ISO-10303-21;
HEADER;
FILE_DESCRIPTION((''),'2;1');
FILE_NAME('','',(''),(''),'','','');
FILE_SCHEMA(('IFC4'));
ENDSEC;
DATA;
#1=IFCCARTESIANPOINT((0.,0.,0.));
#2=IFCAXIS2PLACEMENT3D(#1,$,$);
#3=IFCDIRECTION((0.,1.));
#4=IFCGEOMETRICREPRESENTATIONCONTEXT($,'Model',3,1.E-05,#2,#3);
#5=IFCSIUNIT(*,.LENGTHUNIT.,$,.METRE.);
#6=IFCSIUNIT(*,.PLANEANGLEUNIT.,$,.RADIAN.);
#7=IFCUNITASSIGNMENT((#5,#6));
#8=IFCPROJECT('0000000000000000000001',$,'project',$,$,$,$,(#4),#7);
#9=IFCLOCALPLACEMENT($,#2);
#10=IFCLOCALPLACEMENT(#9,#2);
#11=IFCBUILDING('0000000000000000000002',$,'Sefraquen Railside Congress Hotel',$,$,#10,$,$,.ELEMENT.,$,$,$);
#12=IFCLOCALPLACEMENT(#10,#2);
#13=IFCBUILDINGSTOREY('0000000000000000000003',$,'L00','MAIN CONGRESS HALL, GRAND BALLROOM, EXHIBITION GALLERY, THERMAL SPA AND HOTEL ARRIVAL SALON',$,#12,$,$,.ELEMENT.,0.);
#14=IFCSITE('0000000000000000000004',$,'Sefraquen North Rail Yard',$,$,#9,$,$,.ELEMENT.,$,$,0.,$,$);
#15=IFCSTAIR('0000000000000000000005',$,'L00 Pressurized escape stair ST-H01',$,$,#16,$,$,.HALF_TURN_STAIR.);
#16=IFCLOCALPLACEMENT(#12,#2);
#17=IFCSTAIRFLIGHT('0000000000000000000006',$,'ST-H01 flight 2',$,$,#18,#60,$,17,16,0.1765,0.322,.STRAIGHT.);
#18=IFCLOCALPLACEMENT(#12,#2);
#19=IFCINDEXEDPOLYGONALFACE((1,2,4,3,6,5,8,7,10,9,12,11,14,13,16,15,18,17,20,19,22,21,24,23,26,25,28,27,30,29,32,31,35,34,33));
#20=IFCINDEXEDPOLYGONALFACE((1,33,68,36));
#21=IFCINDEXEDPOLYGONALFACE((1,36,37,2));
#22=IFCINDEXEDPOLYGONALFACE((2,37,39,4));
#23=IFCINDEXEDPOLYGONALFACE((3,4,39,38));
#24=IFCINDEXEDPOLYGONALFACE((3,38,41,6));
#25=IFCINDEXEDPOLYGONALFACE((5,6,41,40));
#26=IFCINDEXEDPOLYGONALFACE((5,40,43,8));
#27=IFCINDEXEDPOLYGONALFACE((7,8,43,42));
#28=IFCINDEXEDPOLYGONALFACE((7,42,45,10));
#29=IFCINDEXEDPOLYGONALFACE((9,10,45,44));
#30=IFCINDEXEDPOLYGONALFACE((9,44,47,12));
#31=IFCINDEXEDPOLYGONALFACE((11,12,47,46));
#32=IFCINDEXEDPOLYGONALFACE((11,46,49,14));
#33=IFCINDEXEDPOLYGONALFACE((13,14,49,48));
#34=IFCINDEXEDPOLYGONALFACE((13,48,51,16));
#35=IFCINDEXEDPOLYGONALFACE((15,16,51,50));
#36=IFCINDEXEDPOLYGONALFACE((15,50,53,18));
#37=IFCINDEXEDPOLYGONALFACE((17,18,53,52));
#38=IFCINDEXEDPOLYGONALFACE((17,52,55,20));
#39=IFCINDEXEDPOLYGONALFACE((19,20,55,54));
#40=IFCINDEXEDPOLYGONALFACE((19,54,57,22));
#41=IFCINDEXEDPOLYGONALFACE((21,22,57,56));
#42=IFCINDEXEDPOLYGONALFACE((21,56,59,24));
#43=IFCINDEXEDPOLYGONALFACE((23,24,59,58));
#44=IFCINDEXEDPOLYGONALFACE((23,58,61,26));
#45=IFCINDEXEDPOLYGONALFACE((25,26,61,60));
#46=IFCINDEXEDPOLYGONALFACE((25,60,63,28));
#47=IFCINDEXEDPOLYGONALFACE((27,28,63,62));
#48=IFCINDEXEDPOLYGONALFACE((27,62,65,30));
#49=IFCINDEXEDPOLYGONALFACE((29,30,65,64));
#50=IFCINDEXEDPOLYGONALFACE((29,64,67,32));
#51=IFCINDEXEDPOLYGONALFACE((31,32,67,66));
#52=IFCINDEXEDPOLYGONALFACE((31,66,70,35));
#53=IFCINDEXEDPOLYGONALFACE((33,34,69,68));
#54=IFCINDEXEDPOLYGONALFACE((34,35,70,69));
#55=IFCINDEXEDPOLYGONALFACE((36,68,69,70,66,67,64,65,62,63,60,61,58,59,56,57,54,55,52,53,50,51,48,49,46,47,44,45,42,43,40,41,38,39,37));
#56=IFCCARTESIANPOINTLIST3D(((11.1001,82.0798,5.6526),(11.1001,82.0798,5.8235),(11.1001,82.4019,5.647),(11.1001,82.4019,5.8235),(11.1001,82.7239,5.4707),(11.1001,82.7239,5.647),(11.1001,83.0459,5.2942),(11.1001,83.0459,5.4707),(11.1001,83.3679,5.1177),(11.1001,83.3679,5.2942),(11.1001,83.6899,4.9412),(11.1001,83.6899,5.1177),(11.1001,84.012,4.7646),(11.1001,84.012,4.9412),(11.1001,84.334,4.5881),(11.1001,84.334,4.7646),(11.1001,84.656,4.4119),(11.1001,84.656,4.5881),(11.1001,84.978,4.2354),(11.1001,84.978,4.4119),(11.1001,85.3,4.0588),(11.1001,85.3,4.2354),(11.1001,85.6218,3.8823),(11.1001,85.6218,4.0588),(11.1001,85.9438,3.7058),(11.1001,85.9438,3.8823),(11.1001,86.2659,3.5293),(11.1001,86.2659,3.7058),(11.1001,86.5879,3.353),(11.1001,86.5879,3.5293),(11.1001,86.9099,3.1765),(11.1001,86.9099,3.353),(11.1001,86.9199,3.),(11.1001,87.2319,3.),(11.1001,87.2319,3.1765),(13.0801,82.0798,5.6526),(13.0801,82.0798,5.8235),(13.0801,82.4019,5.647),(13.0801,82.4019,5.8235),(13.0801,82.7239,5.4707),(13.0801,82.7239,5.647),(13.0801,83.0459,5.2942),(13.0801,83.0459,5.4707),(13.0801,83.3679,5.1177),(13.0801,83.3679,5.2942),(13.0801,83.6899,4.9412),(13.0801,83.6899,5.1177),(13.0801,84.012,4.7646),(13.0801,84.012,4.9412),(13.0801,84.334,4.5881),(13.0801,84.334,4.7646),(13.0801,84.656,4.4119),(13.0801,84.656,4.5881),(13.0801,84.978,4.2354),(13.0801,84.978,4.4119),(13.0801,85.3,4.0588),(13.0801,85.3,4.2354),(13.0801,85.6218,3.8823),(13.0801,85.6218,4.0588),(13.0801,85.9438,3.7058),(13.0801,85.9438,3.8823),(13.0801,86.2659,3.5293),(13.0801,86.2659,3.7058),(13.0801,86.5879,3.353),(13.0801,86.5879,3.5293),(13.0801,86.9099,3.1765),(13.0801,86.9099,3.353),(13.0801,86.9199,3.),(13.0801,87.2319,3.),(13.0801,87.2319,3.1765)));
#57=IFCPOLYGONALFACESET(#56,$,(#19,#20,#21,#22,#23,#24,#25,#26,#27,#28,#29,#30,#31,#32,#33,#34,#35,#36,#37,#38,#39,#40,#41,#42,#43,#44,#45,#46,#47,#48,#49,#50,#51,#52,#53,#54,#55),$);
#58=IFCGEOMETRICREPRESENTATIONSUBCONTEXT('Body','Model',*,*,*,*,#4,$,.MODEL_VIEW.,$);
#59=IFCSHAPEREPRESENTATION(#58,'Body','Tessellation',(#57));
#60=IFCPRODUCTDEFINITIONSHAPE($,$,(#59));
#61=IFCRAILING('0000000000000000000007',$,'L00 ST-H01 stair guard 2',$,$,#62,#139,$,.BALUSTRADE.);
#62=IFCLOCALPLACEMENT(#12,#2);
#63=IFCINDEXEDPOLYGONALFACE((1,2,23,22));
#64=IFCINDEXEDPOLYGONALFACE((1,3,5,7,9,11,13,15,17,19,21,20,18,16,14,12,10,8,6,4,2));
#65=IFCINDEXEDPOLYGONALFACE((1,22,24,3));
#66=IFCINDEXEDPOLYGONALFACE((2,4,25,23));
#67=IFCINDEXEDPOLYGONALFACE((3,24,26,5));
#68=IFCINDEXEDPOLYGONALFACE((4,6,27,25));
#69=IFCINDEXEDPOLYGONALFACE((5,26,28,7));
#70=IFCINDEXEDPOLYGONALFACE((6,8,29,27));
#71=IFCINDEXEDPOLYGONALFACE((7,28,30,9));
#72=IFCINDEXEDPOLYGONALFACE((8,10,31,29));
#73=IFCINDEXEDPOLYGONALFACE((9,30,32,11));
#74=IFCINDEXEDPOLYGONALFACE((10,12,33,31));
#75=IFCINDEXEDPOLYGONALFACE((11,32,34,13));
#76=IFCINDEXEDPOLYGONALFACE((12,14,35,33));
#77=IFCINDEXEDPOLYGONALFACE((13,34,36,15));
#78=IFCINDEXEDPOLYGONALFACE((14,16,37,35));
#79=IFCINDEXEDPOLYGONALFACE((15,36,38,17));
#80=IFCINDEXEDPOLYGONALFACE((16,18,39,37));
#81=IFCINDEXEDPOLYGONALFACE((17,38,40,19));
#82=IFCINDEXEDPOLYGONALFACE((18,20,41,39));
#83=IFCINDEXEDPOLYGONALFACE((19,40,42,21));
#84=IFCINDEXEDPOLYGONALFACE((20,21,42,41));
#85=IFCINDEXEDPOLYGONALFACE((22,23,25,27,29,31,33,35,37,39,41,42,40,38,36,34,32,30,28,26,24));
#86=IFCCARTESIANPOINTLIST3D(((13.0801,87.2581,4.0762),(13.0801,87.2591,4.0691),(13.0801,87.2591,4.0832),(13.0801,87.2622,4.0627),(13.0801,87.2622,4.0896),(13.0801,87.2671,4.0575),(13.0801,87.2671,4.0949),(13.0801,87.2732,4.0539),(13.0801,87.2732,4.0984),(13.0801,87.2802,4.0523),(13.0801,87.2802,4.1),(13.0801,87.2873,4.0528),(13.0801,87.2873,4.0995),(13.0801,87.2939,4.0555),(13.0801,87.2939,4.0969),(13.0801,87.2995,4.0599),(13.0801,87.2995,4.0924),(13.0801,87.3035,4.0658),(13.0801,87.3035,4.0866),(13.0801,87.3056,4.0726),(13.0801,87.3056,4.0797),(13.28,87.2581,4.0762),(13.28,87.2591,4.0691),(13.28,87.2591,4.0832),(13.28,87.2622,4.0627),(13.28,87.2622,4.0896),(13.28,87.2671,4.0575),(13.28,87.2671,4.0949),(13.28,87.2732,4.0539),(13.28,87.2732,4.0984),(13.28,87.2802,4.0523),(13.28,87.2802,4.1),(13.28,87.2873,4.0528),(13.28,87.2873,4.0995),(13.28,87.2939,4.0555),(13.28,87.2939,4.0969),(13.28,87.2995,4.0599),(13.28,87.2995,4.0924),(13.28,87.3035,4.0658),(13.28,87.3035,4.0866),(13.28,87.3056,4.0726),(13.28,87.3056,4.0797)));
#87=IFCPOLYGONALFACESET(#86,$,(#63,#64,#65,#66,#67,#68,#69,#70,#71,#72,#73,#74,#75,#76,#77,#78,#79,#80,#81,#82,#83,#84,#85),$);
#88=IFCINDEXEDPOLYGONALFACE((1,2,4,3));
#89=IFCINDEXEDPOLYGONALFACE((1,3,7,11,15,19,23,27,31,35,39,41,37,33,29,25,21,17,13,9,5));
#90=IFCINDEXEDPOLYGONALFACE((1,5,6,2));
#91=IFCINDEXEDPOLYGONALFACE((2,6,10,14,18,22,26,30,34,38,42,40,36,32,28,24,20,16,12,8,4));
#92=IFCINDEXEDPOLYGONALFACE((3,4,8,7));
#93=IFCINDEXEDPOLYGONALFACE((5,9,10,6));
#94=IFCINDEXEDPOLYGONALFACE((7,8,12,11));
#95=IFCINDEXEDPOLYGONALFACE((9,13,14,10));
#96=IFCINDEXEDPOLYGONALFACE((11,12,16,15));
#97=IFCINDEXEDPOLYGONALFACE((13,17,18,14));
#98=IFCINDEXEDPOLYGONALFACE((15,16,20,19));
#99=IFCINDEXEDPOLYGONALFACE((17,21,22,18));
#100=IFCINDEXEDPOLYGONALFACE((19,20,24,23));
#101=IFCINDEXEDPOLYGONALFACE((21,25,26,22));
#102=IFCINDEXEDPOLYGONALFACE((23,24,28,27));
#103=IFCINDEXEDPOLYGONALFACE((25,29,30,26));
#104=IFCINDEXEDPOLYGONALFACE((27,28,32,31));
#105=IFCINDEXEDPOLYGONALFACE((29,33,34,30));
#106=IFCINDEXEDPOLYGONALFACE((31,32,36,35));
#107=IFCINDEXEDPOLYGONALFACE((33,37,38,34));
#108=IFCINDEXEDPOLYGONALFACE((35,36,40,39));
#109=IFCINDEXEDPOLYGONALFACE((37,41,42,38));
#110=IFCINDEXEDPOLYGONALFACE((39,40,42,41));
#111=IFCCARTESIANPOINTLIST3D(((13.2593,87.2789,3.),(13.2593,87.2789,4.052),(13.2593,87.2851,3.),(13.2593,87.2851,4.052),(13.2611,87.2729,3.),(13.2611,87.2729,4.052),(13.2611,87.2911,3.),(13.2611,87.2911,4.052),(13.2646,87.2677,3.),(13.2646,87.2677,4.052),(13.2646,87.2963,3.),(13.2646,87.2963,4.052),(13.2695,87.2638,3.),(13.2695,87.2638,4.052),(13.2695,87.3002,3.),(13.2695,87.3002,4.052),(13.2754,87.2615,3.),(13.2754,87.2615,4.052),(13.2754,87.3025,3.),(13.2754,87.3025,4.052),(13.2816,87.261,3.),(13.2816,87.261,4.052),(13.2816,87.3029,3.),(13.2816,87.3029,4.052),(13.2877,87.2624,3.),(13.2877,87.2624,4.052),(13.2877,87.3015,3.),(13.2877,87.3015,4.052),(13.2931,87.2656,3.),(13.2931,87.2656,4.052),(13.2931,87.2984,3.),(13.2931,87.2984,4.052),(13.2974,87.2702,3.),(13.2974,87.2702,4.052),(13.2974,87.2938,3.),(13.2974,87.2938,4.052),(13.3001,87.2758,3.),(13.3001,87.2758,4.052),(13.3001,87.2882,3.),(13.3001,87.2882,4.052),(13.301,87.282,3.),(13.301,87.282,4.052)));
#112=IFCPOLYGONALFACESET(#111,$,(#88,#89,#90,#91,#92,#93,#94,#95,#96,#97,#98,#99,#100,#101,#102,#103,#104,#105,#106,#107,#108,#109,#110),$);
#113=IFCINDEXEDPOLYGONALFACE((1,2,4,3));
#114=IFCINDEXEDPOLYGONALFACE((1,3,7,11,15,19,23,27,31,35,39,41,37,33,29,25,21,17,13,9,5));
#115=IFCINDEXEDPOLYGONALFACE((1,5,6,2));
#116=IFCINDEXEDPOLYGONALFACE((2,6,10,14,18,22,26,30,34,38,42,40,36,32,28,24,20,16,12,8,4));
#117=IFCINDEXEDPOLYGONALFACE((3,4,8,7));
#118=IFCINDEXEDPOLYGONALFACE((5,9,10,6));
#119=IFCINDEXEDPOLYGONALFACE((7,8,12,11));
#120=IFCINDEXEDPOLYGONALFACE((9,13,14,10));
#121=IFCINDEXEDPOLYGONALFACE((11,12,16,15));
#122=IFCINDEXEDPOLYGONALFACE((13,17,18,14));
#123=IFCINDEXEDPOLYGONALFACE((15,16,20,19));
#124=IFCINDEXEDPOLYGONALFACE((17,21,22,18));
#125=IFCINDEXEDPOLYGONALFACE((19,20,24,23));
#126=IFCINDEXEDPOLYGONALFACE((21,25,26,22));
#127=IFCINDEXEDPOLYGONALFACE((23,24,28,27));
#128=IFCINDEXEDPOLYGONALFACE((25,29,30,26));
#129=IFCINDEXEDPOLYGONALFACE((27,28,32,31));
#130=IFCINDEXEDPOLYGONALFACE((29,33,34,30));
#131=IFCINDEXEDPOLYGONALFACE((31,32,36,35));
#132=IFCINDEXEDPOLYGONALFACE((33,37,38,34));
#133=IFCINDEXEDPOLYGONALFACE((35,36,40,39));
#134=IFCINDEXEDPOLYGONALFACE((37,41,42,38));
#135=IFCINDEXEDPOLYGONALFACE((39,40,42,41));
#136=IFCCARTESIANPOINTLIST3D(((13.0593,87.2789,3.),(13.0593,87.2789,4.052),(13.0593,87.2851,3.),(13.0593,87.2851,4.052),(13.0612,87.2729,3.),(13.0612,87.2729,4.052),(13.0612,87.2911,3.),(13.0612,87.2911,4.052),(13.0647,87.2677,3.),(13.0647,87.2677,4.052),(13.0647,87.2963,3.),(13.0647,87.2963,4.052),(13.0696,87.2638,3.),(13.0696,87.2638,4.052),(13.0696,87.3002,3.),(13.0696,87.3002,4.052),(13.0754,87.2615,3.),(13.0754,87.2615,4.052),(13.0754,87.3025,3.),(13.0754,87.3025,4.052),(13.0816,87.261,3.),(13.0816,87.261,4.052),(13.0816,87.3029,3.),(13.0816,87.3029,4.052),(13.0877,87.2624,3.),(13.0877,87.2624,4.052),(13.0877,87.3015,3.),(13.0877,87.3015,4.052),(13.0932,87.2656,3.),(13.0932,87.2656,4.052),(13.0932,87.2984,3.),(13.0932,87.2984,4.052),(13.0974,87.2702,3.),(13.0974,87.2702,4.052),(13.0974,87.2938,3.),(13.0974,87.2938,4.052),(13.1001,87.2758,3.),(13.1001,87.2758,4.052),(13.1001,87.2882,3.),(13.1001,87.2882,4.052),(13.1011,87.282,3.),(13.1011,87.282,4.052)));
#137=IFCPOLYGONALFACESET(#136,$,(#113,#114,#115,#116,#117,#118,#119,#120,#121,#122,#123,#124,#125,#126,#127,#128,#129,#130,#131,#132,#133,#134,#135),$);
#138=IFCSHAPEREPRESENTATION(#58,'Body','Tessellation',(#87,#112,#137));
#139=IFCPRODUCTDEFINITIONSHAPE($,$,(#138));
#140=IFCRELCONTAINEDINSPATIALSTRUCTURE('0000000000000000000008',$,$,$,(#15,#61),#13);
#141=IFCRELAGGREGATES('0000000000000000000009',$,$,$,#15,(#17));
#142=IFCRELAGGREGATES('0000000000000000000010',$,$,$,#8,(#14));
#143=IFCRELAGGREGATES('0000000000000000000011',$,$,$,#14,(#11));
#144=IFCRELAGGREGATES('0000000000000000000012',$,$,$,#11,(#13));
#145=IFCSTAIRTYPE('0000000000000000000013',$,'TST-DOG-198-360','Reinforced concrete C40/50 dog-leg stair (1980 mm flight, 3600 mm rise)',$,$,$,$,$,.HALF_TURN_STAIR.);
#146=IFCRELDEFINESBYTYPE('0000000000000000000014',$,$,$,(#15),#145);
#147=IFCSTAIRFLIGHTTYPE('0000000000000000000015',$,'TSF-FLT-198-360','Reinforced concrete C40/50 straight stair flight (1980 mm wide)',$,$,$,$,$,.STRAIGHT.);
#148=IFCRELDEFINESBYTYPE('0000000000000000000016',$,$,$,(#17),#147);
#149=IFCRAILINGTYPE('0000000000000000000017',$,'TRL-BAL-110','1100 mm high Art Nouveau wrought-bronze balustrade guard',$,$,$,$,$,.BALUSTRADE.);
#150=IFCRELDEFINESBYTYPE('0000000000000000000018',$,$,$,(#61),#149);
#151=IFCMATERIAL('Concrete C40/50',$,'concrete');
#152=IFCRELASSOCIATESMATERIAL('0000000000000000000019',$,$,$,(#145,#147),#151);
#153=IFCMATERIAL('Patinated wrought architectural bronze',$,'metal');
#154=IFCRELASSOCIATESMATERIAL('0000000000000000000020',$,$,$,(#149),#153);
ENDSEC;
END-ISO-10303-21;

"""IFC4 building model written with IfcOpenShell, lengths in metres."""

from ifc_helpers import new_model, si_unit, direction, frame, origin, origin_2d, place, context, subcontext, project, spatial, polyline, circle, outline, extrude, material, type_object, element, aggregate, save


model = new_model("IFC4")

# Units and contexts
model_context = context("Model", 3, precision=1e-05, world=origin(), true_north=direction((0.0, 1.0)))
body_context = subcontext(model_context, "Body", "Model", "MODEL_VIEW")
ifc_project = project(units=[si_unit("LENGTHUNIT", "METRE"), si_unit("PLANEANGLEUNIT", "RADIAN")], contexts=[model_context])

# Site, building, storey
site_placement = place(None, origin())
site = spatial("IfcSite", under=ifc_project, at=site_placement, Name="Sefraquen North Rail Yard", CompositionType="ELEMENT", RefElevation=0.0)
building_placement = place(site_placement, origin())
building = spatial("IfcBuilding", under=site, at=building_placement, Name="Sefraquen Railside Congress Hotel", CompositionType="ELEMENT")
storey_placement = place(building_placement, origin())
storey = spatial("IfcBuildingStorey", under=building, at=storey_placement, Name="L00", Description="MAIN CONGRESS HALL, GRAND BALLROOM, EXHIBITION GALLERY, THERMAL SPA AND HOTEL ARRIVAL SALON", CompositionType="ELEMENT", Elevation=0.0)

# Shared definitions
ifc_material_1 = material(Name="Concrete C40/50", Category="concrete")

# Stair, stair flight
stair_type = type_object("IfcStairType", Name="TST-DOG-198-360", Description="Reinforced concrete C40/50 dog-leg stair (1980 mm flight, 3600 mm rise)", PredefinedType="HALF_TURN_STAIR", material=ifc_material_1)
stair_placement = place(storey_placement, origin())
stair = element("IfcStair", 1, at=stair_placement, inside=storey, type_object=stair_type, Name="L00 Pressurized escape stair ST-H01", PredefinedType="HALF_TURN_STAIR")
stair_flight_type = type_object("IfcStairFlightType", Name="TSF-FLT-198-360", Description="Reinforced concrete C40/50 straight stair flight (1980 mm wide)", PredefinedType="STRAIGHT", material=ifc_material_1)
stair_flight_1_placement = place(storey_placement, frame((12.0901, 87.2319, 3.0), z_axis=(0.0, 0.0, 1.0), x_axis=(0.0, -1.0, 0.0)))
stair_flight_1 = element("IfcStairFlight", 2, at=stair_flight_1_placement, type_object=stair_flight_type, Name="ST-H01 flight 2", NumberOfRisers=17, NumberOfTreads=16, PredefinedType="STRAIGHT", RiserHeight=0.1765, TreadLength=0.322, context=body_context, shape_type="SweptSolid", body=[
    extrude(outline(polyline([(0.0, 0.0), (0.0, 0.1765), (0.322, 0.1765), (0.322, 0.353), (0.644, 0.353), (0.644, 0.5293), (0.9661, 0.5293), (0.9661, 0.7058), (1.2881, 0.7058), (1.2881, 0.8823), (1.6101, 0.8823), (1.6101, 1.0588), (1.9319, 1.0588), (1.9319, 1.2354), (2.2539, 1.2354), (2.2539, 1.4119), (2.5759, 1.4119), (2.5759, 1.5881), (2.8979, 1.5881), (2.8979, 1.7646), (3.22, 1.7646), (3.22, 1.9412), (3.542, 1.9412), (3.542, 2.1177), (3.864, 2.1177), (3.864, 2.2942), (4.186, 2.2942), (4.186, 2.4707), (4.5081, 2.4707), (4.5081, 2.647), (4.8301, 2.647), (4.8301, 2.8235), (5.1521, 2.8235), (5.1521, 3.0), (5.1521, 2.6526), (0.312, 0.0), (0.0, 0.0)])), frame((0.0, 0.99, 0.0), z_axis=(0.0, -1.0, 0.0), x_axis=(1.0, 0.0, 0.0)), (0.0, 0.0, 1.0), 1.98),
])
aggregate(stair, [stair_flight_1])

# Railing
ifc_material_2 = material(Name="Patinated wrought architectural bronze", Category="metal")
railing_type_1 = type_object("IfcRailingType", Name="TRL-BAL-110", Description="1100 mm high Art Nouveau wrought-bronze balustrade guard", PredefinedType="BALUSTRADE", material=ifc_material_2)
railing_1_placement = place(storey_placement, frame((13.28, 87.282, 3.0)))
element("IfcRailing", 3, at=railing_1_placement, inside=storey, type_object=railing_type_1, Name="L00 ST-H01 stair guard 2", PredefinedType="BALUSTRADE", context=body_context, shape_type="SweptSolid", body=[
    extrude(circle(Radius=0.0239, at=origin_2d()), frame((0.0, 0.0, 1.0762), z_axis=(-1.0, 0.0, 0.0), x_axis=(0.0, -1.0, 0.0)), (0.0, 0.0, 1.0), 0.2),
    extrude(circle(Radius=0.021, at=origin_2d()), origin(), (0.0, 0.0, 1.0), 1.052),
    extrude(circle(Radius=0.021, at=origin_2d()), frame((-0.2, 0.0, 0.0)), (0.0, 0.0, 1.0), 1.052),
])

save(model, "model.ifc")
